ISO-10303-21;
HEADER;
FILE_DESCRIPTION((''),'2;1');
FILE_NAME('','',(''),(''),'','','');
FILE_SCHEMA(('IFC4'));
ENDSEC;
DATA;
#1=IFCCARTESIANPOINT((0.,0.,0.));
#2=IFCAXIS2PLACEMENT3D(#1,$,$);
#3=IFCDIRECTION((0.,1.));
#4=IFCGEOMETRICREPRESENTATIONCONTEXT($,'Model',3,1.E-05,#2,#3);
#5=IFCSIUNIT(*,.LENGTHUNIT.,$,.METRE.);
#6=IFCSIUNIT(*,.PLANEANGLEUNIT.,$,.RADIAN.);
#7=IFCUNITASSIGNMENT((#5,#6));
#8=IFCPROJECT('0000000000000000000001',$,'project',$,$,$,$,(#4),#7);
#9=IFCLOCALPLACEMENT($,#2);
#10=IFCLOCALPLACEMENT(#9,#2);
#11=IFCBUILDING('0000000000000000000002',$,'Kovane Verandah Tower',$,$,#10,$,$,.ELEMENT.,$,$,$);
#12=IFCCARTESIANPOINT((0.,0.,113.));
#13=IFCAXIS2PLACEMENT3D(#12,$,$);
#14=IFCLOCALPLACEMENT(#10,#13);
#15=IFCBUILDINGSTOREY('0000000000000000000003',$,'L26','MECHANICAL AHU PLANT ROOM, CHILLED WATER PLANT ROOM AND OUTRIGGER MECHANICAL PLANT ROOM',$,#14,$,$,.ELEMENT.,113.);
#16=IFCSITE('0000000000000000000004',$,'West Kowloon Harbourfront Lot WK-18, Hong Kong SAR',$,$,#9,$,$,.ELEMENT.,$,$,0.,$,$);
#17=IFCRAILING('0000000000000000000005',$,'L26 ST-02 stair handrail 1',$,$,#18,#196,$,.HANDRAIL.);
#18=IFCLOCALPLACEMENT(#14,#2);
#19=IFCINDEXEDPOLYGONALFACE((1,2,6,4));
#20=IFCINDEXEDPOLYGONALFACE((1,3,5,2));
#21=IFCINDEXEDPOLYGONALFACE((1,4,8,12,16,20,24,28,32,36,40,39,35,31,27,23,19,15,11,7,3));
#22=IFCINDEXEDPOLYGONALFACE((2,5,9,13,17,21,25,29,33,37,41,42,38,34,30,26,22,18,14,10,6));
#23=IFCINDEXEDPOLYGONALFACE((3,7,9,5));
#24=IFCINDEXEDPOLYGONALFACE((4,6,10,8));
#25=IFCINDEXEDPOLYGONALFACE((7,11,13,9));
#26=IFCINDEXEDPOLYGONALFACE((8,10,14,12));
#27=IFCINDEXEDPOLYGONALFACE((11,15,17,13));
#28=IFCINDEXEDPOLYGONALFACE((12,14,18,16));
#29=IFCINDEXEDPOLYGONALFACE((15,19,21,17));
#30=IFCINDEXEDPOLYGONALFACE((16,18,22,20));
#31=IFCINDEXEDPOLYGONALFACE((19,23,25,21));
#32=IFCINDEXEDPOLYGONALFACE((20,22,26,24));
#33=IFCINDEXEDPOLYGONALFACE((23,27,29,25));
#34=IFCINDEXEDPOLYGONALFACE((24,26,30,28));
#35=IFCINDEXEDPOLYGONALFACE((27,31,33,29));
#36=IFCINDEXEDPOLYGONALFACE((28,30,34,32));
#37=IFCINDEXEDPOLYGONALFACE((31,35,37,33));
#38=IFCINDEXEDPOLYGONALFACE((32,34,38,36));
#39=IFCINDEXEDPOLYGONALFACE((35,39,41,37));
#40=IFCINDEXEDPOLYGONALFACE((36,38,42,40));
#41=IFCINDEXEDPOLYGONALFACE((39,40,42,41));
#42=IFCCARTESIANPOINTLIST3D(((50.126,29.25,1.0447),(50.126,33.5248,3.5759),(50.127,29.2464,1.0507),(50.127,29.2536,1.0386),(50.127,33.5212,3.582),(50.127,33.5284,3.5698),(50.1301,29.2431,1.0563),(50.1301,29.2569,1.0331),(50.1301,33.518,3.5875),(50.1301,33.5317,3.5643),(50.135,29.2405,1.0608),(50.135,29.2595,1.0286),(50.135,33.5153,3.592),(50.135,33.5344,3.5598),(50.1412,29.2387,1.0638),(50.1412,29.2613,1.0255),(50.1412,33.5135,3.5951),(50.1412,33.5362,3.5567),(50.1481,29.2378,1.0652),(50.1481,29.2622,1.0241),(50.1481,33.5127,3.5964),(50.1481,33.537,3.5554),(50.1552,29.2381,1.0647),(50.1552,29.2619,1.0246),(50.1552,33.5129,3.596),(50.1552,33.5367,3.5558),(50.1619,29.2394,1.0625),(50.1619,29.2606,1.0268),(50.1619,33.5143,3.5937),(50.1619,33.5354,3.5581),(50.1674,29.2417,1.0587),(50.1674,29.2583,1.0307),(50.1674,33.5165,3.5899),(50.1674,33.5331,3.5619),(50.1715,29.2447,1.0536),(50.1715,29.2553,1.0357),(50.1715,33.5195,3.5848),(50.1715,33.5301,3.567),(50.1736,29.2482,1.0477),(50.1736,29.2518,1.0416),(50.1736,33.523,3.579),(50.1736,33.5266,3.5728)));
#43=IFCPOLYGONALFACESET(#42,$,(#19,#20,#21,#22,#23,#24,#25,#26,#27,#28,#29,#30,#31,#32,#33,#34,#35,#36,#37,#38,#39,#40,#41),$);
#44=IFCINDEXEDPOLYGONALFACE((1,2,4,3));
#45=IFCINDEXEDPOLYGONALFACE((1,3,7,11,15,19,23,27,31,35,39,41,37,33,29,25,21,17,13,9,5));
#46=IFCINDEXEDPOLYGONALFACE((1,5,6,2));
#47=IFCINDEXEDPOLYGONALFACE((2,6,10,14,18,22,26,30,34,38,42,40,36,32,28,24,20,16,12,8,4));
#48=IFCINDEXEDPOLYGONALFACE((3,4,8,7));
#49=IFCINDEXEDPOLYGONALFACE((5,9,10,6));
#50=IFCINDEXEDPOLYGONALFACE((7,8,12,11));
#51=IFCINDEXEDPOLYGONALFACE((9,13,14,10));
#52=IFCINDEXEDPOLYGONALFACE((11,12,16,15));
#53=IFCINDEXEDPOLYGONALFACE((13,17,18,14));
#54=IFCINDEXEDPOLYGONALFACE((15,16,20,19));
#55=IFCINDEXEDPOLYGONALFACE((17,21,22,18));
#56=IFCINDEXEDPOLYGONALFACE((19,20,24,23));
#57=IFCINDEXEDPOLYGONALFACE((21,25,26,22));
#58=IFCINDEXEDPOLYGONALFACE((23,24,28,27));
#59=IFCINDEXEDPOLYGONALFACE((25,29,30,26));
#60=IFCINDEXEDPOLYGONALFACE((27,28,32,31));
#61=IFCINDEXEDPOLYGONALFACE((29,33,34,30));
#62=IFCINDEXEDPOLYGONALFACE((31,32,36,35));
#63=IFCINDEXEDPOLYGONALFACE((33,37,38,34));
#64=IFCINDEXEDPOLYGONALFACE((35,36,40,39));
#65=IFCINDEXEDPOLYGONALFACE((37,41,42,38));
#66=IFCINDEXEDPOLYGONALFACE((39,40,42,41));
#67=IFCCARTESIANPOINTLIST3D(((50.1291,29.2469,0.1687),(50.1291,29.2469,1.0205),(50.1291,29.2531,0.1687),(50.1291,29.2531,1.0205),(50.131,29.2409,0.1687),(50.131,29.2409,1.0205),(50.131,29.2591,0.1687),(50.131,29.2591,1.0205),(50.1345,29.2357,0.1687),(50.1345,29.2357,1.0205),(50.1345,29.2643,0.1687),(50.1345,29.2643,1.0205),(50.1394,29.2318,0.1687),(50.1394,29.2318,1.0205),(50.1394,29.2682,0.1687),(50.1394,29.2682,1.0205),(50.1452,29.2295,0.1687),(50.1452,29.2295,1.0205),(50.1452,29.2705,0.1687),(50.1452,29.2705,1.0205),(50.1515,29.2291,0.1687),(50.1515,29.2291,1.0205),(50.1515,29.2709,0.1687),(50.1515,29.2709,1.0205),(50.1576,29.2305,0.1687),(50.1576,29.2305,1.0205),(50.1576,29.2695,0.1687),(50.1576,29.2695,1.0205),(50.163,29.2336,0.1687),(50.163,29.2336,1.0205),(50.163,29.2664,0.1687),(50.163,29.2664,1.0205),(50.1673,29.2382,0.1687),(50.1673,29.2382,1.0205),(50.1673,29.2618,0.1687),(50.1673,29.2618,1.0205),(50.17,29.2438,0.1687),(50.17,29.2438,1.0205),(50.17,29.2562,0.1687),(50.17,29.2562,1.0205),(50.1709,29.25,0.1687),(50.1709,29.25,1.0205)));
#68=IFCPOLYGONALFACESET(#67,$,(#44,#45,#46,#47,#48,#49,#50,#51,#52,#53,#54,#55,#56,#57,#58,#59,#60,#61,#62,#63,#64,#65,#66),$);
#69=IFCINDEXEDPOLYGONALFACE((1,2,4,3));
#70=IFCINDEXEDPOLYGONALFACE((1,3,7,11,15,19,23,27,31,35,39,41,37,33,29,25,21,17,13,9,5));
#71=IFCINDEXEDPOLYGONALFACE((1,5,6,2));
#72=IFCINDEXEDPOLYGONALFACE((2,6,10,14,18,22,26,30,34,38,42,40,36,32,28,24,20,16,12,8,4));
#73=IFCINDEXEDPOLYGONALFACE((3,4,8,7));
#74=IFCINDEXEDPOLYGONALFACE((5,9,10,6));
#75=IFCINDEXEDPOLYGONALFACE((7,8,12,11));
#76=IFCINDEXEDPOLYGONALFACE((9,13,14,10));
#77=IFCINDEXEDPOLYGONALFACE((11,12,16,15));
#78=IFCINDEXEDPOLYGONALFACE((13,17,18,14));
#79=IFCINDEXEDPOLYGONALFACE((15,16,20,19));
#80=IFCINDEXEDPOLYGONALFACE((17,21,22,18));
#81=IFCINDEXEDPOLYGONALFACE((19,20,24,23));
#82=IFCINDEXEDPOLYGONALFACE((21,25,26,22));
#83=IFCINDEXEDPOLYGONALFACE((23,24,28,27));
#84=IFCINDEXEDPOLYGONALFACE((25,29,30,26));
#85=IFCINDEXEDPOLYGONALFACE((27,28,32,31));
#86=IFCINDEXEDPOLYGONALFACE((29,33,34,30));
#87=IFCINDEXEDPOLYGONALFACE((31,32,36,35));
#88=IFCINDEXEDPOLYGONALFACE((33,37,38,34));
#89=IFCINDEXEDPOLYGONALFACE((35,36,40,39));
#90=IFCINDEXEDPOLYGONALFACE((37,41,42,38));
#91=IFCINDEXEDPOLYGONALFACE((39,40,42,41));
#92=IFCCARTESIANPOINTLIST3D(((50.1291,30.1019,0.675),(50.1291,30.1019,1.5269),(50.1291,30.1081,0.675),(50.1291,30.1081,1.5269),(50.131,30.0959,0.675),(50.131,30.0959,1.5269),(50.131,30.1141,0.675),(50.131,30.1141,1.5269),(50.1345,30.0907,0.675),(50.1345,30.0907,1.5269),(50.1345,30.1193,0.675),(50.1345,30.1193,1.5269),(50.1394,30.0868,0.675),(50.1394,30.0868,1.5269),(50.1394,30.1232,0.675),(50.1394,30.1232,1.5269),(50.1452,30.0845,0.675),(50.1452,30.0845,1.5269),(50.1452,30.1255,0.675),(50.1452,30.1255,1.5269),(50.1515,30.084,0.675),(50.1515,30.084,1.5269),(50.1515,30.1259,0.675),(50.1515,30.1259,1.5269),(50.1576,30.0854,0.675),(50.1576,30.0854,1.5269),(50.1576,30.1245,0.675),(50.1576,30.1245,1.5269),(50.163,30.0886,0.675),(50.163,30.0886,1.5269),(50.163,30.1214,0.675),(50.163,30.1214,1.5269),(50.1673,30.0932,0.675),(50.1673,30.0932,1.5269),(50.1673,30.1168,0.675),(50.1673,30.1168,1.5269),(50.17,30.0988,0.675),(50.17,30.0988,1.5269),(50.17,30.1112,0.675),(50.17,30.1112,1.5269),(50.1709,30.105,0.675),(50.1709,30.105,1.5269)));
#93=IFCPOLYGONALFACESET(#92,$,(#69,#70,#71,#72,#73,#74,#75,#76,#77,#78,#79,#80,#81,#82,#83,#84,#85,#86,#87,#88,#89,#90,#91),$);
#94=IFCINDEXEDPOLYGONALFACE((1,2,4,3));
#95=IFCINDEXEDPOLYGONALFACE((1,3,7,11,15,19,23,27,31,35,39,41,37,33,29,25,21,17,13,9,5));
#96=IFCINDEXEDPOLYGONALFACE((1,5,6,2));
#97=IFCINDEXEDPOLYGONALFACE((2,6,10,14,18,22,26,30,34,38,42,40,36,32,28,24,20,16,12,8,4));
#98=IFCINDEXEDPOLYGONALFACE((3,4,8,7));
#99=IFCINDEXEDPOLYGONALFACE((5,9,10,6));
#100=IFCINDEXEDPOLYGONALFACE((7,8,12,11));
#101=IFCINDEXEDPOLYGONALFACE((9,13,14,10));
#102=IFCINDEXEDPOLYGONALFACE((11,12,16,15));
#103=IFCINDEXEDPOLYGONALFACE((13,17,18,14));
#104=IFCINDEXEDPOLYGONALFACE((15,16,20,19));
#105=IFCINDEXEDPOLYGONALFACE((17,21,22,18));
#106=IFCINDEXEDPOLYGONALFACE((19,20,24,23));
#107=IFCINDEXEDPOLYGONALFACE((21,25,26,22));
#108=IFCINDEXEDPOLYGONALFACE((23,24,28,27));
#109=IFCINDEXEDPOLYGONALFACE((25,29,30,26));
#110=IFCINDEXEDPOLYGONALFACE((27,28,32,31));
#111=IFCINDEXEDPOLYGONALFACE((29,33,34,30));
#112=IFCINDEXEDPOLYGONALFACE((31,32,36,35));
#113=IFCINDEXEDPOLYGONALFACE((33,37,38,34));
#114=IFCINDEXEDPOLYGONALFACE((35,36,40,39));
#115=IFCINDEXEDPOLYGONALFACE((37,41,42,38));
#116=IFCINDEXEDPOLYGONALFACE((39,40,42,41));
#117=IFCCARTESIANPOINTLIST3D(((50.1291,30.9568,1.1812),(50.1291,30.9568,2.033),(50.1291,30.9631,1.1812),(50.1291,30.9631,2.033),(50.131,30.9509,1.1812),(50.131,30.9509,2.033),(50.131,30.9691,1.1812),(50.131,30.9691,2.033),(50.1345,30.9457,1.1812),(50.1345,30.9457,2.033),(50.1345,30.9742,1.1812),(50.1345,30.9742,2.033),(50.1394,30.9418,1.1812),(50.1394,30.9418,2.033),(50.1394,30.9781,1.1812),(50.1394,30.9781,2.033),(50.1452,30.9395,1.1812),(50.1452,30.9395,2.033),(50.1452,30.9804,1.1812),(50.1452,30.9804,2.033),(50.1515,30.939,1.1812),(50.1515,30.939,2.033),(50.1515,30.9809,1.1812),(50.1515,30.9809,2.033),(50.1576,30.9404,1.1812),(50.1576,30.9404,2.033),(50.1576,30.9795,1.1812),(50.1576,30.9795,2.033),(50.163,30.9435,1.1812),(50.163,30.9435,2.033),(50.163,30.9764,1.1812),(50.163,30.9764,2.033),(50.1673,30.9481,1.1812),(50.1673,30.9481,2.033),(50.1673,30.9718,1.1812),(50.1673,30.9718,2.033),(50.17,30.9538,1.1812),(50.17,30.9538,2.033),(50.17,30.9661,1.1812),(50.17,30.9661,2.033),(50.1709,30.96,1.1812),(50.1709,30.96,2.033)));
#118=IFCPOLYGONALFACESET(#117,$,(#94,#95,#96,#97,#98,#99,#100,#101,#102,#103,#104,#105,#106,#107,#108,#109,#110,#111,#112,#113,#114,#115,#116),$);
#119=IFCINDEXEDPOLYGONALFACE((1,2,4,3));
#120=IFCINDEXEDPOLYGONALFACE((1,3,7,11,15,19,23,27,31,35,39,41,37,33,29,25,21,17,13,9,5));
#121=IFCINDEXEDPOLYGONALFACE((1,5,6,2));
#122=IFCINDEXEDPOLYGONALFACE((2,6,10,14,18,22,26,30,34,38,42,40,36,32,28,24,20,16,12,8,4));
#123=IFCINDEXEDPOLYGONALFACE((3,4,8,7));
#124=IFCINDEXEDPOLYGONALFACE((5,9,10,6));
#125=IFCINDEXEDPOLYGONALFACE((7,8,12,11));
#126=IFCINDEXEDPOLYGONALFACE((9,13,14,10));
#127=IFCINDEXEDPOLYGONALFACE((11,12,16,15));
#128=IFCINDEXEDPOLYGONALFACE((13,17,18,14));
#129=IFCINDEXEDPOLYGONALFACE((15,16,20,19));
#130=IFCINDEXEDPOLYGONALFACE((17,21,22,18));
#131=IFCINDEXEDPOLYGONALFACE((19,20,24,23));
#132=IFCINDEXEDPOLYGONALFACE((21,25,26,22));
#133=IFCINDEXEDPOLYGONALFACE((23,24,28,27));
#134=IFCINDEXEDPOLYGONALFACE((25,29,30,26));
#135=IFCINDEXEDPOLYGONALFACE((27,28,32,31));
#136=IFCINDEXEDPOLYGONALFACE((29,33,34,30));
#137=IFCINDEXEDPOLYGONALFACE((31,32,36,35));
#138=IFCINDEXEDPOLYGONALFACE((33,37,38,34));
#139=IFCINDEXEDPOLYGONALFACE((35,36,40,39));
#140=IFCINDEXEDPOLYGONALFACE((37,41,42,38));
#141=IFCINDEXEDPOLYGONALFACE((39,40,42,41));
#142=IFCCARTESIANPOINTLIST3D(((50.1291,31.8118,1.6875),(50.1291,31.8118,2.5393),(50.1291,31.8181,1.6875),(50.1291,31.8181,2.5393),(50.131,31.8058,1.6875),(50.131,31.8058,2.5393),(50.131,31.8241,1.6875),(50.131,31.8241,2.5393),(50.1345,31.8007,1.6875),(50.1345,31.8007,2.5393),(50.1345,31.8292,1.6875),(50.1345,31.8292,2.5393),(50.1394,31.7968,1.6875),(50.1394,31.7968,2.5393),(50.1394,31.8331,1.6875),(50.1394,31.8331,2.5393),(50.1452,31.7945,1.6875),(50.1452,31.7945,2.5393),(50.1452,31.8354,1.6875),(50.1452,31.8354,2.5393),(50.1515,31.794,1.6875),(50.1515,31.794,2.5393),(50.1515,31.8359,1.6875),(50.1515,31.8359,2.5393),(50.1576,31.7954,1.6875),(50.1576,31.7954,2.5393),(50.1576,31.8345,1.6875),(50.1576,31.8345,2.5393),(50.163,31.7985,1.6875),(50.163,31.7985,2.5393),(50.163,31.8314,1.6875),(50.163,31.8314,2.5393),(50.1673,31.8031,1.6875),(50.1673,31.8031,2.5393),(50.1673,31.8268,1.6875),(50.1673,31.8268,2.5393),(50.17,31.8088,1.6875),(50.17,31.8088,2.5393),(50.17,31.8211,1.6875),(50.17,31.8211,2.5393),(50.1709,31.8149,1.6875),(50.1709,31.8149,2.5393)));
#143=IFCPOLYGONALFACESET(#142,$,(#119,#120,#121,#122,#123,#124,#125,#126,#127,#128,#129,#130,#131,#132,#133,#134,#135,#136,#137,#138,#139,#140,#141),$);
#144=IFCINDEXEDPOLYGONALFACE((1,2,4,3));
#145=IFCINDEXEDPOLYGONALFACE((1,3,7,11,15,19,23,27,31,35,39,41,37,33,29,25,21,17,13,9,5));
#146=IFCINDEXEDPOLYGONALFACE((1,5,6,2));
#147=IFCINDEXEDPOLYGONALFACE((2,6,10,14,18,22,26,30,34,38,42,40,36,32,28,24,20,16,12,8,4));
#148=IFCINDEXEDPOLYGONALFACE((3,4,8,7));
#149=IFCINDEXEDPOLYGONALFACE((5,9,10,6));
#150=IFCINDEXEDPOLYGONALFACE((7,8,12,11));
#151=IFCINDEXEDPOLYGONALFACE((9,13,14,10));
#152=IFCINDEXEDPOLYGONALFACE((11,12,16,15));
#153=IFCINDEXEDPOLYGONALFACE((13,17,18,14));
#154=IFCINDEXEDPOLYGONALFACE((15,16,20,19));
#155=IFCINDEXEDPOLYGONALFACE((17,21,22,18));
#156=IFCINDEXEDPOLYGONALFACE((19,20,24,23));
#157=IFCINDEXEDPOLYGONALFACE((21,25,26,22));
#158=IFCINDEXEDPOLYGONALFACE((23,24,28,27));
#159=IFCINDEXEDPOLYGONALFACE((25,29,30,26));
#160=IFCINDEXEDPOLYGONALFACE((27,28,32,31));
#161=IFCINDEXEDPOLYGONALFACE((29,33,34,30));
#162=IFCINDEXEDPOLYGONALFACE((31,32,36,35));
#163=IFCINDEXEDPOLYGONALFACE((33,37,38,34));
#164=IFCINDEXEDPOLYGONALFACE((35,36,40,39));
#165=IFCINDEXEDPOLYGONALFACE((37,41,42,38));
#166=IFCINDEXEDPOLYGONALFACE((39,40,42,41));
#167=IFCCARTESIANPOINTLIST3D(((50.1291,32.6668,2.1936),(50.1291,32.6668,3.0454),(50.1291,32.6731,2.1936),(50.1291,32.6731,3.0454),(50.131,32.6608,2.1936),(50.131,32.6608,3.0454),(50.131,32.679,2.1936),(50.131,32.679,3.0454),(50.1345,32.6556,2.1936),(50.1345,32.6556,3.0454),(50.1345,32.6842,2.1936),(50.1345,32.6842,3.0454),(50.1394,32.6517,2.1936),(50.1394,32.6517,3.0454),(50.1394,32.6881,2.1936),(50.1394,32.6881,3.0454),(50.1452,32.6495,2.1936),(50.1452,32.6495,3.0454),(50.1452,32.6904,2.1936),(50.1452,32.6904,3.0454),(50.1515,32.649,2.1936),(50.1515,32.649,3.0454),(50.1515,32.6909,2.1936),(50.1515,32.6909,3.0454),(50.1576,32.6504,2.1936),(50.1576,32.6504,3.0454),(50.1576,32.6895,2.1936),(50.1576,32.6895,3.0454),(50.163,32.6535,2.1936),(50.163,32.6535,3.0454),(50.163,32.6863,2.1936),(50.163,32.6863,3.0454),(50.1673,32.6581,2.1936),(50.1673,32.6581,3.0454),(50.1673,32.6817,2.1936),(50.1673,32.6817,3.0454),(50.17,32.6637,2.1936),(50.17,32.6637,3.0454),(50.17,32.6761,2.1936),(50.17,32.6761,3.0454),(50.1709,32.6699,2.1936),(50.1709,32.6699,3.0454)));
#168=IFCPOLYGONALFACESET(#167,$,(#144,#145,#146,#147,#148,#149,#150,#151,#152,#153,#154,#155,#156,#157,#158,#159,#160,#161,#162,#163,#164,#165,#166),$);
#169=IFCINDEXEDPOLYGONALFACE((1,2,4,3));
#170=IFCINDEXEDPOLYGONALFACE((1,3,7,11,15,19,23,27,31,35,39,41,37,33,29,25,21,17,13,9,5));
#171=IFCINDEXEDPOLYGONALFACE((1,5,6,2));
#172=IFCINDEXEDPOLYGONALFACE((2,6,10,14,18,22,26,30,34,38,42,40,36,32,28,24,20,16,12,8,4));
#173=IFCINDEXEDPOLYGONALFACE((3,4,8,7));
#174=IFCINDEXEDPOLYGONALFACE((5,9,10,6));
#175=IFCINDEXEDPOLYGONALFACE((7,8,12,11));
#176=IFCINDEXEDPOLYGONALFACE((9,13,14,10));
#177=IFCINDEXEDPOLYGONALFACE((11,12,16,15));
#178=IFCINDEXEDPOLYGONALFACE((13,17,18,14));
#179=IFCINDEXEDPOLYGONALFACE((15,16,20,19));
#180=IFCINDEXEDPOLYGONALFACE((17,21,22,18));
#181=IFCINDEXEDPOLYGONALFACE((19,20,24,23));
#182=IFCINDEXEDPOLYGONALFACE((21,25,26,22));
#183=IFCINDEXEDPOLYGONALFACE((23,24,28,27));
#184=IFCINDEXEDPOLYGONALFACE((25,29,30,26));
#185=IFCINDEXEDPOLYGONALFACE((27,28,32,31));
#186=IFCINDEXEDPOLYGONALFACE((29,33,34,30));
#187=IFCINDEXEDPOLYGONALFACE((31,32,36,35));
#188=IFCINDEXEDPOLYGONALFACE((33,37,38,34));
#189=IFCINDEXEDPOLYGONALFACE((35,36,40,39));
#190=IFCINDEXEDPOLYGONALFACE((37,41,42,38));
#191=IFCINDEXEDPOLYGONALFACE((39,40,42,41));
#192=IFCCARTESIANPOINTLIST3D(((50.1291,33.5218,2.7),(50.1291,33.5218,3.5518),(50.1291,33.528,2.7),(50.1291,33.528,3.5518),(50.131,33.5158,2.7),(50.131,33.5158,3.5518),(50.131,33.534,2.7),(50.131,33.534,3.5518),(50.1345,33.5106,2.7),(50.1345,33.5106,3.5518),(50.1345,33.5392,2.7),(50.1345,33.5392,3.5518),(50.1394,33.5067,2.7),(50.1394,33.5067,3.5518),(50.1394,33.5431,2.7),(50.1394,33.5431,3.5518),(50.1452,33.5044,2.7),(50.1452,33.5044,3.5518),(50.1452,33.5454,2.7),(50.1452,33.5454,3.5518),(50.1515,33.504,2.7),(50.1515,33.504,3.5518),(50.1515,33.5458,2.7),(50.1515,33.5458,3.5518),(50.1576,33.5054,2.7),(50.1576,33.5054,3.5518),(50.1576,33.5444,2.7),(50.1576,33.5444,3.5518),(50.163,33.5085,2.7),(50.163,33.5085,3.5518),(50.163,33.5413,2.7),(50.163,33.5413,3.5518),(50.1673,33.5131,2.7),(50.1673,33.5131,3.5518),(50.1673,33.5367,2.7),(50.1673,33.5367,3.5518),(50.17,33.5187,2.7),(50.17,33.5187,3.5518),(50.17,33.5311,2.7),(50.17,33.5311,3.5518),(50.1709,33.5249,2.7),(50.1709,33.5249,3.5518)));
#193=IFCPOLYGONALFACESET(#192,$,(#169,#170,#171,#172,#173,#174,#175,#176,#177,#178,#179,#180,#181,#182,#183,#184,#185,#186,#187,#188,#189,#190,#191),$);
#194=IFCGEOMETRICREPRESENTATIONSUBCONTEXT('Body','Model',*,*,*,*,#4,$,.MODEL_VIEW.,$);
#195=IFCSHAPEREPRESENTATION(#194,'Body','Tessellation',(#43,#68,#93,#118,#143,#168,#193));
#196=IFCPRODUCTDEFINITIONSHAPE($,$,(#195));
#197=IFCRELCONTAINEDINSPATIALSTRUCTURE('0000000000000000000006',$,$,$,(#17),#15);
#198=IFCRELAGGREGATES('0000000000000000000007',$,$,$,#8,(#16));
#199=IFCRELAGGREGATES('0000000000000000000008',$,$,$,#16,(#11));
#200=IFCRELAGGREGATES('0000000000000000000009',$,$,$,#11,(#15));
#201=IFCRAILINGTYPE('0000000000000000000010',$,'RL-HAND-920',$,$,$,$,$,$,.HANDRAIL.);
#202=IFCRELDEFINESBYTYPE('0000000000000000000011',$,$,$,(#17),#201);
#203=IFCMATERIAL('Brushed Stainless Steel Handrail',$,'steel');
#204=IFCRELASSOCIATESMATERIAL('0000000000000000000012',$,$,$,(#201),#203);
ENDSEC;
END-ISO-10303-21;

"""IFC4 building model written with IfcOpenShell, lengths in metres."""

from ifc_helpers import new_model, si_unit, direction, frame, origin, origin_2d, place, context, subcontext, project, spatial, circle, extrude, material, type_object, element, save


model = new_model("IFC4")

# Units and contexts
model_context = context("Model", 3, precision=1e-05, world=origin(), true_north=direction((0.0, 1.0)))
body_context = subcontext(model_context, "Body", "Model", "MODEL_VIEW")
ifc_project = project(units=[si_unit("LENGTHUNIT", "METRE"), si_unit("PLANEANGLEUNIT", "RADIAN")], contexts=[model_context])

# Site, building, storey
site_placement = place(None, origin())
site = spatial("IfcSite", under=ifc_project, at=site_placement, Name="West Kowloon Harbourfront Lot WK-18, Hong Kong SAR", CompositionType="ELEMENT", RefElevation=0.0)
building_placement = place(site_placement, origin())
building = spatial("IfcBuilding", under=site, at=building_placement, Name="Kovane Verandah Tower", CompositionType="ELEMENT")
storey_placement = place(building_placement, frame((0.0, 0.0, 113.0)))
storey = spatial("IfcBuildingStorey", under=building, at=storey_placement, Name="L26", Description="MECHANICAL AHU PLANT ROOM, CHILLED WATER PLANT ROOM AND OUTRIGGER MECHANICAL PLANT ROOM", CompositionType="ELEMENT", Elevation=113.0)

# Railing
ifc_material_1 = material(Name="Brushed Stainless Steel Handrail", Category="steel")
railing_type_1 = type_object("IfcRailingType", Name="RL-HAND-920", PredefinedType="HANDRAIL", material=ifc_material_1)
railing_1_placement = place(storey_placement, frame((50.1499, 29.25, 0.1687)))
element("IfcRailing", 1, at=railing_1_placement, inside=storey, type_object=railing_type_1, Name="L26 ST-02 stair handrail 1", PredefinedType="HANDRAIL", context=body_context, shape_type="SweptSolid", body=[
    extrude(circle(Radius=0.0239, at=origin_2d()), frame((0.0, 0.0, 0.876), z_axis=(0.0, 0.86047, 0.509501), x_axis=(-1.0, 0.0, 0.0)), (0.0, 0.0, 1.0), 4.968),
    extrude(circle(Radius=0.021, at=origin_2d()), origin(), (0.0, 0.0, 1.0), 0.8518),
    extrude(circle(Radius=0.021, at=origin_2d()), frame((0.0, 0.855, 0.5063)), (0.0, 0.0, 1.0), 0.8518),
    extrude(circle(Radius=0.021, at=origin_2d()), frame((0.0, 1.71, 1.0125)), (0.0, 0.0, 1.0), 0.8518),
    extrude(circle(Radius=0.021, at=origin_2d()), frame((0.0, 2.5649, 1.5188)), (0.0, 0.0, 1.0), 0.8518),
    extrude(circle(Radius=0.021, at=origin_2d()), frame((0.0, 3.4199, 2.0249)), (0.0, 0.0, 1.0), 0.8518),
    extrude(circle(Radius=0.021, at=origin_2d()), frame((0.0, 4.2749, 2.5312)), (0.0, 0.0, 1.0), 0.8518),
])

save(model, "model.ifc")
